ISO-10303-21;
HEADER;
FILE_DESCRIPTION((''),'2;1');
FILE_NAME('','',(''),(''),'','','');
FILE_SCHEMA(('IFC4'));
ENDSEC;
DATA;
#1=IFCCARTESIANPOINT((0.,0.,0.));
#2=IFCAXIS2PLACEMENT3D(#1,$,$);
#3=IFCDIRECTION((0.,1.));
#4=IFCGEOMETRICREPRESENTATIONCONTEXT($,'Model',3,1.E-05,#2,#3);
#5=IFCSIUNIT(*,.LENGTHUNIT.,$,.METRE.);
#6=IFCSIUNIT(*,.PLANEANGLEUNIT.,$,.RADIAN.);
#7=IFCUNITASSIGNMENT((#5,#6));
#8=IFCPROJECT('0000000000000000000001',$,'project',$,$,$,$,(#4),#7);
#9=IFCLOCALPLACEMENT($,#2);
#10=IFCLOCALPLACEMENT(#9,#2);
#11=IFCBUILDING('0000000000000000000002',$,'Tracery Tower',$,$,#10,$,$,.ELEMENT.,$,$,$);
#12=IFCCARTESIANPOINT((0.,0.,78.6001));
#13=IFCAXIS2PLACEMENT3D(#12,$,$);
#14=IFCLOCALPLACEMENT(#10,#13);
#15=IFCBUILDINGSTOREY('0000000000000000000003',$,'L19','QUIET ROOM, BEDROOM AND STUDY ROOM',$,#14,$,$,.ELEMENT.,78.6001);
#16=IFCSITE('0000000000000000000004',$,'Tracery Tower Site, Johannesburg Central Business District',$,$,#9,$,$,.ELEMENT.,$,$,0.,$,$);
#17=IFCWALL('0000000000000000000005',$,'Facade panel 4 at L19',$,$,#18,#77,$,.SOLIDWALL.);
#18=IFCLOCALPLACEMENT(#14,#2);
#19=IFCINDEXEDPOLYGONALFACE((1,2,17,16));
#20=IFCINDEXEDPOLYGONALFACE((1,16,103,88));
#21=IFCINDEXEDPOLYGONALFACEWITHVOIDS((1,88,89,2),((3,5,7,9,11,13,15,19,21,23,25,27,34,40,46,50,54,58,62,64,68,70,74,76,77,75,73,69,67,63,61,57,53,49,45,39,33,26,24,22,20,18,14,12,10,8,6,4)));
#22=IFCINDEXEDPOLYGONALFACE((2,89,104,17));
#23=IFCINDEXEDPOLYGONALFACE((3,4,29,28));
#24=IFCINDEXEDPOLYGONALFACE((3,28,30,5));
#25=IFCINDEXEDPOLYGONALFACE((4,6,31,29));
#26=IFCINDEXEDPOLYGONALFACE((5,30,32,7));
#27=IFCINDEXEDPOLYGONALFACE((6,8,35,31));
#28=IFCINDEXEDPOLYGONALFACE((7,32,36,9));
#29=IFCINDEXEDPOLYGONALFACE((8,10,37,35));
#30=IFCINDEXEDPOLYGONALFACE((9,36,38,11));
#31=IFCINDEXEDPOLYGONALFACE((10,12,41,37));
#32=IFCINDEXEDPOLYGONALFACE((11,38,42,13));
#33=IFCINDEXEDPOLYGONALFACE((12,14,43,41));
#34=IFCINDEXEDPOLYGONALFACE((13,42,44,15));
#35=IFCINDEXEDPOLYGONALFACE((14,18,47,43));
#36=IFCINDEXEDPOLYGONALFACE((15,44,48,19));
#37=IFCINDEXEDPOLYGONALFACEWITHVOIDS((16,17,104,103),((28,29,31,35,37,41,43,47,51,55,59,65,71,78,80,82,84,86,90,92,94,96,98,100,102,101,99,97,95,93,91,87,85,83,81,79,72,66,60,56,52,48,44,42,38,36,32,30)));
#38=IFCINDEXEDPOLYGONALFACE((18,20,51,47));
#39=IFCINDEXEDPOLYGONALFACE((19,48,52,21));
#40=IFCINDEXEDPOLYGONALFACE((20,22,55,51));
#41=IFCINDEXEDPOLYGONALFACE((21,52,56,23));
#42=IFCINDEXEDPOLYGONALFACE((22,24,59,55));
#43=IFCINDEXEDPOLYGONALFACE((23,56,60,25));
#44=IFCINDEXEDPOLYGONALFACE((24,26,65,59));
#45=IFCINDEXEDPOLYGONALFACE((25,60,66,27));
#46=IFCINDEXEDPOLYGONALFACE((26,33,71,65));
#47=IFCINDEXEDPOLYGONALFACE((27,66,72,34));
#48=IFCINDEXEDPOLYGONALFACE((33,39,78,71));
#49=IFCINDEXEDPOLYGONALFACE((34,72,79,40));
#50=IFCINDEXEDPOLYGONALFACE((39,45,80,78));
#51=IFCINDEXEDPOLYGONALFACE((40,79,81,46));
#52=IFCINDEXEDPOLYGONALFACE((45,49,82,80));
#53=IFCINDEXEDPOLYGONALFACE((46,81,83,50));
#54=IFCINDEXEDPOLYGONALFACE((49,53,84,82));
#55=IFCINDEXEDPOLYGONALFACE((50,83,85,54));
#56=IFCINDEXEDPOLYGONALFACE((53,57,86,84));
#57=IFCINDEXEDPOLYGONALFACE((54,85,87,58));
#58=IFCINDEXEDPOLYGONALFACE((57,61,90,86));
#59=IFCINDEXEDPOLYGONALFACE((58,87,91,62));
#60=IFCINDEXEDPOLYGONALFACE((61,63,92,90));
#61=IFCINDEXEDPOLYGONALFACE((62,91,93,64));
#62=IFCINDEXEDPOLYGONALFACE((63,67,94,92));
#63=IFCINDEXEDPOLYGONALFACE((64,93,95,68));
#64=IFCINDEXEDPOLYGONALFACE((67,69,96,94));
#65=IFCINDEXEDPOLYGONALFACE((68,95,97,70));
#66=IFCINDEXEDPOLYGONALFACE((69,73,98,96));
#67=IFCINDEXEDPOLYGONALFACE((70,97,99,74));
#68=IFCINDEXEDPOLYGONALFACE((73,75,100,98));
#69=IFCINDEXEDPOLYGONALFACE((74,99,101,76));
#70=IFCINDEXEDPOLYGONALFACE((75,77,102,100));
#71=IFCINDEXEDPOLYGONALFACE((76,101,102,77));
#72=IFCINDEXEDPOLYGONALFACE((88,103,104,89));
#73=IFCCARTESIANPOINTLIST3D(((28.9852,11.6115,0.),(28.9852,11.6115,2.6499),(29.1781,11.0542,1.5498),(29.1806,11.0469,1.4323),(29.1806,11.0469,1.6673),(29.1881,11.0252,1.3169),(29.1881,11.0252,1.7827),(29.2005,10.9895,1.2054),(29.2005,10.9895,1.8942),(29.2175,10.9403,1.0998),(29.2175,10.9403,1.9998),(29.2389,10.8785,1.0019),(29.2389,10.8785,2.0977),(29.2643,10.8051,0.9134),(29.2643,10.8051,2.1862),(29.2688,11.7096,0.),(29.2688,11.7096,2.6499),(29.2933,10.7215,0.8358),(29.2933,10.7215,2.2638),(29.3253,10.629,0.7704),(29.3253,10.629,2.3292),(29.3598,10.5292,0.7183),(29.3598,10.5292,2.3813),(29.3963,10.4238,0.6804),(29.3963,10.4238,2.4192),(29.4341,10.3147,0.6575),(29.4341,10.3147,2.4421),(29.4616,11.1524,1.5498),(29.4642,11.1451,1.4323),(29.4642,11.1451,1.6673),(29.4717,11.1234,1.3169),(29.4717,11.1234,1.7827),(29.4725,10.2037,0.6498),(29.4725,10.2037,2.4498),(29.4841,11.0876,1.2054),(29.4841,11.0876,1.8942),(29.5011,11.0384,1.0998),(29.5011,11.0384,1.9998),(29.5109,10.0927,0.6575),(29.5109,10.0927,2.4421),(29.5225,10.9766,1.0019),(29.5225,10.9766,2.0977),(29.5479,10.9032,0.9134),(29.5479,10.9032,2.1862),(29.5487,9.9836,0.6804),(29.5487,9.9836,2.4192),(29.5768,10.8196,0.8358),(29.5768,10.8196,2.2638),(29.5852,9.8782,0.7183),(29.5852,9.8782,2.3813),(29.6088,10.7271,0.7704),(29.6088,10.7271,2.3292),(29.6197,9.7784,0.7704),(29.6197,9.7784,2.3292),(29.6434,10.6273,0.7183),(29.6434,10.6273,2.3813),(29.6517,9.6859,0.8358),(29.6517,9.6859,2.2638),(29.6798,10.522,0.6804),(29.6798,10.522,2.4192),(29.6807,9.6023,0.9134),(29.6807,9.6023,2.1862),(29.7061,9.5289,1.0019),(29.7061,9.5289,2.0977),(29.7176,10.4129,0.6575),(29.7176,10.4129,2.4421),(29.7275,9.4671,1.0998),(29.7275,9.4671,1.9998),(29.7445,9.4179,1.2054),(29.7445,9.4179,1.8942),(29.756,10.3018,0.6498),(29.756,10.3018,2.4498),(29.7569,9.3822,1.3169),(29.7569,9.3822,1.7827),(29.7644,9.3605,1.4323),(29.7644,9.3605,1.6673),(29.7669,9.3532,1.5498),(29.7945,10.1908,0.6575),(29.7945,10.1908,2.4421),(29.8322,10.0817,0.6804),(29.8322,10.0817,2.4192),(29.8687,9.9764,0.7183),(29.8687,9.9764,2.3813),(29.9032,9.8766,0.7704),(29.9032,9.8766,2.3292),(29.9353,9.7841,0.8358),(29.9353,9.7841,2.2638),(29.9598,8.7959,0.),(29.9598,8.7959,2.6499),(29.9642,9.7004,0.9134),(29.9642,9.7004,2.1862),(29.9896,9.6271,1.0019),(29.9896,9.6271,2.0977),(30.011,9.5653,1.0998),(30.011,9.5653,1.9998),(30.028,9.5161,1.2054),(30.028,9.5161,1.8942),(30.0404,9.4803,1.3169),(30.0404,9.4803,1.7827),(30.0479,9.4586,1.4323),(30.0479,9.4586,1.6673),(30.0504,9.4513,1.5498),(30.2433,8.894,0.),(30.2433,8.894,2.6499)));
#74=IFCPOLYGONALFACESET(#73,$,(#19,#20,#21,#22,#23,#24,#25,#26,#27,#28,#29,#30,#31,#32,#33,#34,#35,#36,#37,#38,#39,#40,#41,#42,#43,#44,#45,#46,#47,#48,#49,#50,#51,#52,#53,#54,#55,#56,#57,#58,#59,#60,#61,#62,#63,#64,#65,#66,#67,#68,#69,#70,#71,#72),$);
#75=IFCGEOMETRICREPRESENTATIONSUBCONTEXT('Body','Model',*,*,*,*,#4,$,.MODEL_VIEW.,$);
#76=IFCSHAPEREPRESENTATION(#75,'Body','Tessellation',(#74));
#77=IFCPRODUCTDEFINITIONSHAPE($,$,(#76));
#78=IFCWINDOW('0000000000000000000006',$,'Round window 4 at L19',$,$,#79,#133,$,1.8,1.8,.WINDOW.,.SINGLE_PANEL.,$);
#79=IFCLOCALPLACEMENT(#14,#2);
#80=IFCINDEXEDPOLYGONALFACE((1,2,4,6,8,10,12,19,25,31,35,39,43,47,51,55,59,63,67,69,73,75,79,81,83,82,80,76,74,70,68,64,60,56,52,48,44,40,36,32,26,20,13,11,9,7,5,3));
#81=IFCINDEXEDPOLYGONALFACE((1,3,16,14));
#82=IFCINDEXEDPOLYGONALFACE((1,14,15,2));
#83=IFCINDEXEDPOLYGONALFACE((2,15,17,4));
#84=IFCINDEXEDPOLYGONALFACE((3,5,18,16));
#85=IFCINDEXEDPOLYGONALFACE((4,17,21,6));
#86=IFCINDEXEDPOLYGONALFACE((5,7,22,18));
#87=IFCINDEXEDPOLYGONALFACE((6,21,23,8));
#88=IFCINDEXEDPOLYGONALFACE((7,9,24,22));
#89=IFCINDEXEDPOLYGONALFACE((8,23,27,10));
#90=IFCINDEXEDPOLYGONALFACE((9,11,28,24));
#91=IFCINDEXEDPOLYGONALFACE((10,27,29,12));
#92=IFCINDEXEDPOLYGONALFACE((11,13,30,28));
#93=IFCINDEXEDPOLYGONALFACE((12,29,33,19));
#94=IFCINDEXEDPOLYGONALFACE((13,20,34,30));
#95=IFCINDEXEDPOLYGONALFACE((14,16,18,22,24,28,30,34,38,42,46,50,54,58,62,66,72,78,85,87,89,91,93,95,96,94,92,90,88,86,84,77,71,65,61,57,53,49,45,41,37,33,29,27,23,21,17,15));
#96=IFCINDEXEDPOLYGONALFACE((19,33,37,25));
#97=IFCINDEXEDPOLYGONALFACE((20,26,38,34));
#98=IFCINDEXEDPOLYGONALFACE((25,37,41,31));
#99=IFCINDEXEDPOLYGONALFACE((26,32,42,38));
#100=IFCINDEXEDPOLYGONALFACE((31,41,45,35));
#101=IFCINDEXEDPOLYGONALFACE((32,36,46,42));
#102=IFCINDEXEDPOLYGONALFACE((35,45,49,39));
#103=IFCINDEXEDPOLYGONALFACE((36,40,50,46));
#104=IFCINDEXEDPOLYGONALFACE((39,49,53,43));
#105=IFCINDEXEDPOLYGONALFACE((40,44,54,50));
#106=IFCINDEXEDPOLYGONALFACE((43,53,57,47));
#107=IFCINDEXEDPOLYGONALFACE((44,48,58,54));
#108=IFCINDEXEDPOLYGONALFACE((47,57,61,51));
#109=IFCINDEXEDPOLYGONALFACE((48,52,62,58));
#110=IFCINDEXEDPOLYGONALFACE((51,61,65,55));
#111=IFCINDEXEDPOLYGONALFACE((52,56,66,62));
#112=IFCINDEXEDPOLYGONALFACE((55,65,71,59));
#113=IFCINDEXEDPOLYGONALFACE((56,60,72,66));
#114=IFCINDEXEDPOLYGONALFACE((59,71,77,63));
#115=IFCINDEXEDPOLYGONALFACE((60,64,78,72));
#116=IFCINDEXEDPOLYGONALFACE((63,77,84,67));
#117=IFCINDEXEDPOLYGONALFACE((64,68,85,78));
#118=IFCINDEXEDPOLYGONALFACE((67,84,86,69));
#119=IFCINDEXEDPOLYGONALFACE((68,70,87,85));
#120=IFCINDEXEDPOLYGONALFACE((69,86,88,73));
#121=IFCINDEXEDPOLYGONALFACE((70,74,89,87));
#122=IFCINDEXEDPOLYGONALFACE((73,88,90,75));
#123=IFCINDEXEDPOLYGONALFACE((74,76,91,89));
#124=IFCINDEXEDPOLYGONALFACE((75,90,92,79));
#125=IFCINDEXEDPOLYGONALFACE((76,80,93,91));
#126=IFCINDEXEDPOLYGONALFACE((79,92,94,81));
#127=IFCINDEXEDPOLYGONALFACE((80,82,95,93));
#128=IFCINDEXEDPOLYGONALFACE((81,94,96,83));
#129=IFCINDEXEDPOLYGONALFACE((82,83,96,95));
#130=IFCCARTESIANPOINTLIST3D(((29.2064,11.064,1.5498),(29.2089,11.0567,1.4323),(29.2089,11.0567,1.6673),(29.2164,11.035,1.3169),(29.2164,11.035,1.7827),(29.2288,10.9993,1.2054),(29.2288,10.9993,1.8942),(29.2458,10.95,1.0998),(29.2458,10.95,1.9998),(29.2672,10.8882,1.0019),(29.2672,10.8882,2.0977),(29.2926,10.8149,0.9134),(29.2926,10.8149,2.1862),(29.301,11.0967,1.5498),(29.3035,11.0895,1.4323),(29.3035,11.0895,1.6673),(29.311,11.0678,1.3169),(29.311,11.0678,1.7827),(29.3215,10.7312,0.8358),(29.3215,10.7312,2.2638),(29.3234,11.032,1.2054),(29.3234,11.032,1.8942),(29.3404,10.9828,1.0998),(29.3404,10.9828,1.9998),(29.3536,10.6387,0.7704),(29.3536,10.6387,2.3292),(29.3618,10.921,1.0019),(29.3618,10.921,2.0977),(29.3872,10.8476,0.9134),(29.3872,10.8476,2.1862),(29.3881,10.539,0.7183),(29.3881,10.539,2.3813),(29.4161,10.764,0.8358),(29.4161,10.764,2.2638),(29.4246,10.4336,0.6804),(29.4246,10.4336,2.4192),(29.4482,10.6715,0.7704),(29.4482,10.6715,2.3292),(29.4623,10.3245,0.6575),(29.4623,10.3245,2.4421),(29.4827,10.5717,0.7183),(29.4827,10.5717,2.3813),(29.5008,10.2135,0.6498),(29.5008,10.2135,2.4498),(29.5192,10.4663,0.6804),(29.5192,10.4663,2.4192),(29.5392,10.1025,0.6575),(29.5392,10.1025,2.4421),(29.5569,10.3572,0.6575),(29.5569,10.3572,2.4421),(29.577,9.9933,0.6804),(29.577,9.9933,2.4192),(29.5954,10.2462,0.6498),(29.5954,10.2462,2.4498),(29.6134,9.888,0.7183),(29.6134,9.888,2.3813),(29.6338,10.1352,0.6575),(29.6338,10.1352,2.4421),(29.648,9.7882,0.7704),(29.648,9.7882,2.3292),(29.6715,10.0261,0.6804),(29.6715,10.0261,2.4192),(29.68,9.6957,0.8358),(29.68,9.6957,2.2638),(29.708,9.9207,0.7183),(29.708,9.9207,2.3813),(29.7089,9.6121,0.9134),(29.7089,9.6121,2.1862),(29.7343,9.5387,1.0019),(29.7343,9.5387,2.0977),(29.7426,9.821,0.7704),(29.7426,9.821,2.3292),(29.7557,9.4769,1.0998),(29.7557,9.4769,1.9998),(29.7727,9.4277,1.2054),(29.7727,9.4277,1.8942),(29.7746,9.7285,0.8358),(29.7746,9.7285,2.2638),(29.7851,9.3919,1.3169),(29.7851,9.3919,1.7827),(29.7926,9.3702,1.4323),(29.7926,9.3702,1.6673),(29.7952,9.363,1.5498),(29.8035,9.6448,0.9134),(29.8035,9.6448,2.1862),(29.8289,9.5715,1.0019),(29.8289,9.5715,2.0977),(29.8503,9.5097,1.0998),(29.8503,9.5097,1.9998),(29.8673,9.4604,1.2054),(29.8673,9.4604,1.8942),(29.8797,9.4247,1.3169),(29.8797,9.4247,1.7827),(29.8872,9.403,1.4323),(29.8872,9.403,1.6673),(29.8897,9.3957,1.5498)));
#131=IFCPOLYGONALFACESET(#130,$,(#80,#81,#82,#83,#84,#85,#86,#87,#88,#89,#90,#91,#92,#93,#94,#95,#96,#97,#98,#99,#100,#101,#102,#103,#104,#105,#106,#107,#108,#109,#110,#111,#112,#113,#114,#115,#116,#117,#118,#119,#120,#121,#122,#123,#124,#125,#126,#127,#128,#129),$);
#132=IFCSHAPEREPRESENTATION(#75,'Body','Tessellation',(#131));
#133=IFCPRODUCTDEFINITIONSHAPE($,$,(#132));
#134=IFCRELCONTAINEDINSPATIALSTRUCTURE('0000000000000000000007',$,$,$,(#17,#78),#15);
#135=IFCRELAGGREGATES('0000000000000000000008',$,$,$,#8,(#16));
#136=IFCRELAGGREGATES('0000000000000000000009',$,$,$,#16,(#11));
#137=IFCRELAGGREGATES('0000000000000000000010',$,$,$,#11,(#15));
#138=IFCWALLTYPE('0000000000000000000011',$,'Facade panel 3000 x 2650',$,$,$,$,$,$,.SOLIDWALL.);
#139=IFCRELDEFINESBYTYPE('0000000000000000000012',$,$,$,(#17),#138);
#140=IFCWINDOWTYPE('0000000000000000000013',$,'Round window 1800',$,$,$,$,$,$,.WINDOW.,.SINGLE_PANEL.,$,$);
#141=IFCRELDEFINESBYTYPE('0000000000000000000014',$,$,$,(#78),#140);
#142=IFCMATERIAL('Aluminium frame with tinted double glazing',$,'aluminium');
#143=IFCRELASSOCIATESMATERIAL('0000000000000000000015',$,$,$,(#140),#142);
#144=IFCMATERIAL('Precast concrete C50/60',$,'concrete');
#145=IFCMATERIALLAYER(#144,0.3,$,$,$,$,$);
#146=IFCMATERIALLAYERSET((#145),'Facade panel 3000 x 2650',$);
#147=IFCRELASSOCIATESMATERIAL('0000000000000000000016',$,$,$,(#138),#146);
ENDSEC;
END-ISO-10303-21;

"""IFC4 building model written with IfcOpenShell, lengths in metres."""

from ifc_helpers import new_model, si_unit, direction, frame, frame_2d, origin, origin_2d, place, context, subcontext, project, spatial, rectangle, circle, extrude, material, layer, layer_set, type_object, element, fill, save


model = new_model("IFC4")

# Units and contexts
model_context = context("Model", 3, precision=1e-05, world=origin(), true_north=direction((0.0, 1.0)))
body_context = subcontext(model_context, "Body", "Model", "MODEL_VIEW")
ifc_project = project(units=[si_unit("LENGTHUNIT", "METRE"), si_unit("PLANEANGLEUNIT", "RADIAN")], contexts=[model_context])

# Site, building, storey
site_placement = place(None, origin())
site = spatial("IfcSite", under=ifc_project, at=site_placement, Name="Tracery Tower Site, Johannesburg Central Business District", CompositionType="ELEMENT", RefElevation=0.0)
building_placement = place(site_placement, origin())
building = spatial("IfcBuilding", under=site, at=building_placement, Name="Tracery Tower", CompositionType="ELEMENT")
storey_placement = place(building_placement, frame((0.0, 0.0, 78.6001)))
storey = spatial("IfcBuildingStorey", under=building, at=storey_placement, Name="L19", Description="QUIET ROOM, BEDROOM AND STUDY ROOM", CompositionType="ELEMENT", Elevation=78.6001)

# Wall, opening, window
ifc_material_1 = material(Name="Aluminium frame with tinted double glazing", Category="aluminium")
window_type = type_object("IfcWindowType", Name="Round window 1800", PartitioningType="SINGLE_PANEL", PredefinedType="WINDOW", material=ifc_material_1)
ifc_material_2 = material(Name="Precast concrete C50/60", Category="concrete")
ifc_layer_1 = layer(ifc_material_2, 0.3)
ifc_layer_set_1 = layer_set([ifc_layer_1], Name="Facade panel 3000 x 2650")
wall_type_1 = type_object("IfcWallType", Name="Facade panel 3000 x 2650", PredefinedType="SOLIDWALL", material=ifc_layer_set_1)
wall_1_placement = place(storey_placement, frame((30.1016, 8.845, 0.0), z_axis=(0.0, 0.0, 1.0), x_axis=(-0.327096, 0.944991, 0.0)))
wall_1 = element("IfcWall", 1, at=wall_1_placement, inside=storey, type_object=wall_type_1, Name="Facade panel 4 at L19", PredefinedType="SOLIDWALL", context=body_context, shape_type="SweptSolid", body=[
    extrude(rectangle(XDim=2.9795, YDim=0.3, at=frame_2d((1.4897, 0.0))), origin(), (0.0, 0.0, 1.0), 2.6499),
])
opening_1_placement = place(wall_1_placement, frame((1.4897, 0.0, 1.5498)))
opening_1 = element("IfcOpeningElement", 2, at=opening_1_placement, cuts=wall_1, PredefinedType="OPENING", context=body_context, shape_type="SweptSolid", body=[
    extrude(circle(Radius=0.9, at=origin_2d()), frame((0.0, 0.1599, 0.0), z_axis=(0.0, -1.0, 0.0), x_axis=(1.0, 0.0, 0.0)), (0.0, 0.0, 1.0), 0.3201),
])
window_1_placement = place(opening_1_placement, origin())
window_1 = element("IfcWindow", 3, at=window_1_placement, inside=storey, type_object=window_type, Name="Round window 4 at L19", OverallHeight=1.8, OverallWidth=1.8, PartitioningType="SINGLE_PANEL", PredefinedType="WINDOW", context=body_context, shape_type="SweptSolid", body=[
    extrude(circle(Radius=0.9, at=origin_2d()), frame((0.0, 0.1201, 0.0), z_axis=(0.0, -1.0, 0.0), x_axis=(1.0, 0.0, 0.0)), (0.0, 0.0, 1.0), 0.1001),
])
fill(opening_1, window_1)

save(model, "model.ifc")
